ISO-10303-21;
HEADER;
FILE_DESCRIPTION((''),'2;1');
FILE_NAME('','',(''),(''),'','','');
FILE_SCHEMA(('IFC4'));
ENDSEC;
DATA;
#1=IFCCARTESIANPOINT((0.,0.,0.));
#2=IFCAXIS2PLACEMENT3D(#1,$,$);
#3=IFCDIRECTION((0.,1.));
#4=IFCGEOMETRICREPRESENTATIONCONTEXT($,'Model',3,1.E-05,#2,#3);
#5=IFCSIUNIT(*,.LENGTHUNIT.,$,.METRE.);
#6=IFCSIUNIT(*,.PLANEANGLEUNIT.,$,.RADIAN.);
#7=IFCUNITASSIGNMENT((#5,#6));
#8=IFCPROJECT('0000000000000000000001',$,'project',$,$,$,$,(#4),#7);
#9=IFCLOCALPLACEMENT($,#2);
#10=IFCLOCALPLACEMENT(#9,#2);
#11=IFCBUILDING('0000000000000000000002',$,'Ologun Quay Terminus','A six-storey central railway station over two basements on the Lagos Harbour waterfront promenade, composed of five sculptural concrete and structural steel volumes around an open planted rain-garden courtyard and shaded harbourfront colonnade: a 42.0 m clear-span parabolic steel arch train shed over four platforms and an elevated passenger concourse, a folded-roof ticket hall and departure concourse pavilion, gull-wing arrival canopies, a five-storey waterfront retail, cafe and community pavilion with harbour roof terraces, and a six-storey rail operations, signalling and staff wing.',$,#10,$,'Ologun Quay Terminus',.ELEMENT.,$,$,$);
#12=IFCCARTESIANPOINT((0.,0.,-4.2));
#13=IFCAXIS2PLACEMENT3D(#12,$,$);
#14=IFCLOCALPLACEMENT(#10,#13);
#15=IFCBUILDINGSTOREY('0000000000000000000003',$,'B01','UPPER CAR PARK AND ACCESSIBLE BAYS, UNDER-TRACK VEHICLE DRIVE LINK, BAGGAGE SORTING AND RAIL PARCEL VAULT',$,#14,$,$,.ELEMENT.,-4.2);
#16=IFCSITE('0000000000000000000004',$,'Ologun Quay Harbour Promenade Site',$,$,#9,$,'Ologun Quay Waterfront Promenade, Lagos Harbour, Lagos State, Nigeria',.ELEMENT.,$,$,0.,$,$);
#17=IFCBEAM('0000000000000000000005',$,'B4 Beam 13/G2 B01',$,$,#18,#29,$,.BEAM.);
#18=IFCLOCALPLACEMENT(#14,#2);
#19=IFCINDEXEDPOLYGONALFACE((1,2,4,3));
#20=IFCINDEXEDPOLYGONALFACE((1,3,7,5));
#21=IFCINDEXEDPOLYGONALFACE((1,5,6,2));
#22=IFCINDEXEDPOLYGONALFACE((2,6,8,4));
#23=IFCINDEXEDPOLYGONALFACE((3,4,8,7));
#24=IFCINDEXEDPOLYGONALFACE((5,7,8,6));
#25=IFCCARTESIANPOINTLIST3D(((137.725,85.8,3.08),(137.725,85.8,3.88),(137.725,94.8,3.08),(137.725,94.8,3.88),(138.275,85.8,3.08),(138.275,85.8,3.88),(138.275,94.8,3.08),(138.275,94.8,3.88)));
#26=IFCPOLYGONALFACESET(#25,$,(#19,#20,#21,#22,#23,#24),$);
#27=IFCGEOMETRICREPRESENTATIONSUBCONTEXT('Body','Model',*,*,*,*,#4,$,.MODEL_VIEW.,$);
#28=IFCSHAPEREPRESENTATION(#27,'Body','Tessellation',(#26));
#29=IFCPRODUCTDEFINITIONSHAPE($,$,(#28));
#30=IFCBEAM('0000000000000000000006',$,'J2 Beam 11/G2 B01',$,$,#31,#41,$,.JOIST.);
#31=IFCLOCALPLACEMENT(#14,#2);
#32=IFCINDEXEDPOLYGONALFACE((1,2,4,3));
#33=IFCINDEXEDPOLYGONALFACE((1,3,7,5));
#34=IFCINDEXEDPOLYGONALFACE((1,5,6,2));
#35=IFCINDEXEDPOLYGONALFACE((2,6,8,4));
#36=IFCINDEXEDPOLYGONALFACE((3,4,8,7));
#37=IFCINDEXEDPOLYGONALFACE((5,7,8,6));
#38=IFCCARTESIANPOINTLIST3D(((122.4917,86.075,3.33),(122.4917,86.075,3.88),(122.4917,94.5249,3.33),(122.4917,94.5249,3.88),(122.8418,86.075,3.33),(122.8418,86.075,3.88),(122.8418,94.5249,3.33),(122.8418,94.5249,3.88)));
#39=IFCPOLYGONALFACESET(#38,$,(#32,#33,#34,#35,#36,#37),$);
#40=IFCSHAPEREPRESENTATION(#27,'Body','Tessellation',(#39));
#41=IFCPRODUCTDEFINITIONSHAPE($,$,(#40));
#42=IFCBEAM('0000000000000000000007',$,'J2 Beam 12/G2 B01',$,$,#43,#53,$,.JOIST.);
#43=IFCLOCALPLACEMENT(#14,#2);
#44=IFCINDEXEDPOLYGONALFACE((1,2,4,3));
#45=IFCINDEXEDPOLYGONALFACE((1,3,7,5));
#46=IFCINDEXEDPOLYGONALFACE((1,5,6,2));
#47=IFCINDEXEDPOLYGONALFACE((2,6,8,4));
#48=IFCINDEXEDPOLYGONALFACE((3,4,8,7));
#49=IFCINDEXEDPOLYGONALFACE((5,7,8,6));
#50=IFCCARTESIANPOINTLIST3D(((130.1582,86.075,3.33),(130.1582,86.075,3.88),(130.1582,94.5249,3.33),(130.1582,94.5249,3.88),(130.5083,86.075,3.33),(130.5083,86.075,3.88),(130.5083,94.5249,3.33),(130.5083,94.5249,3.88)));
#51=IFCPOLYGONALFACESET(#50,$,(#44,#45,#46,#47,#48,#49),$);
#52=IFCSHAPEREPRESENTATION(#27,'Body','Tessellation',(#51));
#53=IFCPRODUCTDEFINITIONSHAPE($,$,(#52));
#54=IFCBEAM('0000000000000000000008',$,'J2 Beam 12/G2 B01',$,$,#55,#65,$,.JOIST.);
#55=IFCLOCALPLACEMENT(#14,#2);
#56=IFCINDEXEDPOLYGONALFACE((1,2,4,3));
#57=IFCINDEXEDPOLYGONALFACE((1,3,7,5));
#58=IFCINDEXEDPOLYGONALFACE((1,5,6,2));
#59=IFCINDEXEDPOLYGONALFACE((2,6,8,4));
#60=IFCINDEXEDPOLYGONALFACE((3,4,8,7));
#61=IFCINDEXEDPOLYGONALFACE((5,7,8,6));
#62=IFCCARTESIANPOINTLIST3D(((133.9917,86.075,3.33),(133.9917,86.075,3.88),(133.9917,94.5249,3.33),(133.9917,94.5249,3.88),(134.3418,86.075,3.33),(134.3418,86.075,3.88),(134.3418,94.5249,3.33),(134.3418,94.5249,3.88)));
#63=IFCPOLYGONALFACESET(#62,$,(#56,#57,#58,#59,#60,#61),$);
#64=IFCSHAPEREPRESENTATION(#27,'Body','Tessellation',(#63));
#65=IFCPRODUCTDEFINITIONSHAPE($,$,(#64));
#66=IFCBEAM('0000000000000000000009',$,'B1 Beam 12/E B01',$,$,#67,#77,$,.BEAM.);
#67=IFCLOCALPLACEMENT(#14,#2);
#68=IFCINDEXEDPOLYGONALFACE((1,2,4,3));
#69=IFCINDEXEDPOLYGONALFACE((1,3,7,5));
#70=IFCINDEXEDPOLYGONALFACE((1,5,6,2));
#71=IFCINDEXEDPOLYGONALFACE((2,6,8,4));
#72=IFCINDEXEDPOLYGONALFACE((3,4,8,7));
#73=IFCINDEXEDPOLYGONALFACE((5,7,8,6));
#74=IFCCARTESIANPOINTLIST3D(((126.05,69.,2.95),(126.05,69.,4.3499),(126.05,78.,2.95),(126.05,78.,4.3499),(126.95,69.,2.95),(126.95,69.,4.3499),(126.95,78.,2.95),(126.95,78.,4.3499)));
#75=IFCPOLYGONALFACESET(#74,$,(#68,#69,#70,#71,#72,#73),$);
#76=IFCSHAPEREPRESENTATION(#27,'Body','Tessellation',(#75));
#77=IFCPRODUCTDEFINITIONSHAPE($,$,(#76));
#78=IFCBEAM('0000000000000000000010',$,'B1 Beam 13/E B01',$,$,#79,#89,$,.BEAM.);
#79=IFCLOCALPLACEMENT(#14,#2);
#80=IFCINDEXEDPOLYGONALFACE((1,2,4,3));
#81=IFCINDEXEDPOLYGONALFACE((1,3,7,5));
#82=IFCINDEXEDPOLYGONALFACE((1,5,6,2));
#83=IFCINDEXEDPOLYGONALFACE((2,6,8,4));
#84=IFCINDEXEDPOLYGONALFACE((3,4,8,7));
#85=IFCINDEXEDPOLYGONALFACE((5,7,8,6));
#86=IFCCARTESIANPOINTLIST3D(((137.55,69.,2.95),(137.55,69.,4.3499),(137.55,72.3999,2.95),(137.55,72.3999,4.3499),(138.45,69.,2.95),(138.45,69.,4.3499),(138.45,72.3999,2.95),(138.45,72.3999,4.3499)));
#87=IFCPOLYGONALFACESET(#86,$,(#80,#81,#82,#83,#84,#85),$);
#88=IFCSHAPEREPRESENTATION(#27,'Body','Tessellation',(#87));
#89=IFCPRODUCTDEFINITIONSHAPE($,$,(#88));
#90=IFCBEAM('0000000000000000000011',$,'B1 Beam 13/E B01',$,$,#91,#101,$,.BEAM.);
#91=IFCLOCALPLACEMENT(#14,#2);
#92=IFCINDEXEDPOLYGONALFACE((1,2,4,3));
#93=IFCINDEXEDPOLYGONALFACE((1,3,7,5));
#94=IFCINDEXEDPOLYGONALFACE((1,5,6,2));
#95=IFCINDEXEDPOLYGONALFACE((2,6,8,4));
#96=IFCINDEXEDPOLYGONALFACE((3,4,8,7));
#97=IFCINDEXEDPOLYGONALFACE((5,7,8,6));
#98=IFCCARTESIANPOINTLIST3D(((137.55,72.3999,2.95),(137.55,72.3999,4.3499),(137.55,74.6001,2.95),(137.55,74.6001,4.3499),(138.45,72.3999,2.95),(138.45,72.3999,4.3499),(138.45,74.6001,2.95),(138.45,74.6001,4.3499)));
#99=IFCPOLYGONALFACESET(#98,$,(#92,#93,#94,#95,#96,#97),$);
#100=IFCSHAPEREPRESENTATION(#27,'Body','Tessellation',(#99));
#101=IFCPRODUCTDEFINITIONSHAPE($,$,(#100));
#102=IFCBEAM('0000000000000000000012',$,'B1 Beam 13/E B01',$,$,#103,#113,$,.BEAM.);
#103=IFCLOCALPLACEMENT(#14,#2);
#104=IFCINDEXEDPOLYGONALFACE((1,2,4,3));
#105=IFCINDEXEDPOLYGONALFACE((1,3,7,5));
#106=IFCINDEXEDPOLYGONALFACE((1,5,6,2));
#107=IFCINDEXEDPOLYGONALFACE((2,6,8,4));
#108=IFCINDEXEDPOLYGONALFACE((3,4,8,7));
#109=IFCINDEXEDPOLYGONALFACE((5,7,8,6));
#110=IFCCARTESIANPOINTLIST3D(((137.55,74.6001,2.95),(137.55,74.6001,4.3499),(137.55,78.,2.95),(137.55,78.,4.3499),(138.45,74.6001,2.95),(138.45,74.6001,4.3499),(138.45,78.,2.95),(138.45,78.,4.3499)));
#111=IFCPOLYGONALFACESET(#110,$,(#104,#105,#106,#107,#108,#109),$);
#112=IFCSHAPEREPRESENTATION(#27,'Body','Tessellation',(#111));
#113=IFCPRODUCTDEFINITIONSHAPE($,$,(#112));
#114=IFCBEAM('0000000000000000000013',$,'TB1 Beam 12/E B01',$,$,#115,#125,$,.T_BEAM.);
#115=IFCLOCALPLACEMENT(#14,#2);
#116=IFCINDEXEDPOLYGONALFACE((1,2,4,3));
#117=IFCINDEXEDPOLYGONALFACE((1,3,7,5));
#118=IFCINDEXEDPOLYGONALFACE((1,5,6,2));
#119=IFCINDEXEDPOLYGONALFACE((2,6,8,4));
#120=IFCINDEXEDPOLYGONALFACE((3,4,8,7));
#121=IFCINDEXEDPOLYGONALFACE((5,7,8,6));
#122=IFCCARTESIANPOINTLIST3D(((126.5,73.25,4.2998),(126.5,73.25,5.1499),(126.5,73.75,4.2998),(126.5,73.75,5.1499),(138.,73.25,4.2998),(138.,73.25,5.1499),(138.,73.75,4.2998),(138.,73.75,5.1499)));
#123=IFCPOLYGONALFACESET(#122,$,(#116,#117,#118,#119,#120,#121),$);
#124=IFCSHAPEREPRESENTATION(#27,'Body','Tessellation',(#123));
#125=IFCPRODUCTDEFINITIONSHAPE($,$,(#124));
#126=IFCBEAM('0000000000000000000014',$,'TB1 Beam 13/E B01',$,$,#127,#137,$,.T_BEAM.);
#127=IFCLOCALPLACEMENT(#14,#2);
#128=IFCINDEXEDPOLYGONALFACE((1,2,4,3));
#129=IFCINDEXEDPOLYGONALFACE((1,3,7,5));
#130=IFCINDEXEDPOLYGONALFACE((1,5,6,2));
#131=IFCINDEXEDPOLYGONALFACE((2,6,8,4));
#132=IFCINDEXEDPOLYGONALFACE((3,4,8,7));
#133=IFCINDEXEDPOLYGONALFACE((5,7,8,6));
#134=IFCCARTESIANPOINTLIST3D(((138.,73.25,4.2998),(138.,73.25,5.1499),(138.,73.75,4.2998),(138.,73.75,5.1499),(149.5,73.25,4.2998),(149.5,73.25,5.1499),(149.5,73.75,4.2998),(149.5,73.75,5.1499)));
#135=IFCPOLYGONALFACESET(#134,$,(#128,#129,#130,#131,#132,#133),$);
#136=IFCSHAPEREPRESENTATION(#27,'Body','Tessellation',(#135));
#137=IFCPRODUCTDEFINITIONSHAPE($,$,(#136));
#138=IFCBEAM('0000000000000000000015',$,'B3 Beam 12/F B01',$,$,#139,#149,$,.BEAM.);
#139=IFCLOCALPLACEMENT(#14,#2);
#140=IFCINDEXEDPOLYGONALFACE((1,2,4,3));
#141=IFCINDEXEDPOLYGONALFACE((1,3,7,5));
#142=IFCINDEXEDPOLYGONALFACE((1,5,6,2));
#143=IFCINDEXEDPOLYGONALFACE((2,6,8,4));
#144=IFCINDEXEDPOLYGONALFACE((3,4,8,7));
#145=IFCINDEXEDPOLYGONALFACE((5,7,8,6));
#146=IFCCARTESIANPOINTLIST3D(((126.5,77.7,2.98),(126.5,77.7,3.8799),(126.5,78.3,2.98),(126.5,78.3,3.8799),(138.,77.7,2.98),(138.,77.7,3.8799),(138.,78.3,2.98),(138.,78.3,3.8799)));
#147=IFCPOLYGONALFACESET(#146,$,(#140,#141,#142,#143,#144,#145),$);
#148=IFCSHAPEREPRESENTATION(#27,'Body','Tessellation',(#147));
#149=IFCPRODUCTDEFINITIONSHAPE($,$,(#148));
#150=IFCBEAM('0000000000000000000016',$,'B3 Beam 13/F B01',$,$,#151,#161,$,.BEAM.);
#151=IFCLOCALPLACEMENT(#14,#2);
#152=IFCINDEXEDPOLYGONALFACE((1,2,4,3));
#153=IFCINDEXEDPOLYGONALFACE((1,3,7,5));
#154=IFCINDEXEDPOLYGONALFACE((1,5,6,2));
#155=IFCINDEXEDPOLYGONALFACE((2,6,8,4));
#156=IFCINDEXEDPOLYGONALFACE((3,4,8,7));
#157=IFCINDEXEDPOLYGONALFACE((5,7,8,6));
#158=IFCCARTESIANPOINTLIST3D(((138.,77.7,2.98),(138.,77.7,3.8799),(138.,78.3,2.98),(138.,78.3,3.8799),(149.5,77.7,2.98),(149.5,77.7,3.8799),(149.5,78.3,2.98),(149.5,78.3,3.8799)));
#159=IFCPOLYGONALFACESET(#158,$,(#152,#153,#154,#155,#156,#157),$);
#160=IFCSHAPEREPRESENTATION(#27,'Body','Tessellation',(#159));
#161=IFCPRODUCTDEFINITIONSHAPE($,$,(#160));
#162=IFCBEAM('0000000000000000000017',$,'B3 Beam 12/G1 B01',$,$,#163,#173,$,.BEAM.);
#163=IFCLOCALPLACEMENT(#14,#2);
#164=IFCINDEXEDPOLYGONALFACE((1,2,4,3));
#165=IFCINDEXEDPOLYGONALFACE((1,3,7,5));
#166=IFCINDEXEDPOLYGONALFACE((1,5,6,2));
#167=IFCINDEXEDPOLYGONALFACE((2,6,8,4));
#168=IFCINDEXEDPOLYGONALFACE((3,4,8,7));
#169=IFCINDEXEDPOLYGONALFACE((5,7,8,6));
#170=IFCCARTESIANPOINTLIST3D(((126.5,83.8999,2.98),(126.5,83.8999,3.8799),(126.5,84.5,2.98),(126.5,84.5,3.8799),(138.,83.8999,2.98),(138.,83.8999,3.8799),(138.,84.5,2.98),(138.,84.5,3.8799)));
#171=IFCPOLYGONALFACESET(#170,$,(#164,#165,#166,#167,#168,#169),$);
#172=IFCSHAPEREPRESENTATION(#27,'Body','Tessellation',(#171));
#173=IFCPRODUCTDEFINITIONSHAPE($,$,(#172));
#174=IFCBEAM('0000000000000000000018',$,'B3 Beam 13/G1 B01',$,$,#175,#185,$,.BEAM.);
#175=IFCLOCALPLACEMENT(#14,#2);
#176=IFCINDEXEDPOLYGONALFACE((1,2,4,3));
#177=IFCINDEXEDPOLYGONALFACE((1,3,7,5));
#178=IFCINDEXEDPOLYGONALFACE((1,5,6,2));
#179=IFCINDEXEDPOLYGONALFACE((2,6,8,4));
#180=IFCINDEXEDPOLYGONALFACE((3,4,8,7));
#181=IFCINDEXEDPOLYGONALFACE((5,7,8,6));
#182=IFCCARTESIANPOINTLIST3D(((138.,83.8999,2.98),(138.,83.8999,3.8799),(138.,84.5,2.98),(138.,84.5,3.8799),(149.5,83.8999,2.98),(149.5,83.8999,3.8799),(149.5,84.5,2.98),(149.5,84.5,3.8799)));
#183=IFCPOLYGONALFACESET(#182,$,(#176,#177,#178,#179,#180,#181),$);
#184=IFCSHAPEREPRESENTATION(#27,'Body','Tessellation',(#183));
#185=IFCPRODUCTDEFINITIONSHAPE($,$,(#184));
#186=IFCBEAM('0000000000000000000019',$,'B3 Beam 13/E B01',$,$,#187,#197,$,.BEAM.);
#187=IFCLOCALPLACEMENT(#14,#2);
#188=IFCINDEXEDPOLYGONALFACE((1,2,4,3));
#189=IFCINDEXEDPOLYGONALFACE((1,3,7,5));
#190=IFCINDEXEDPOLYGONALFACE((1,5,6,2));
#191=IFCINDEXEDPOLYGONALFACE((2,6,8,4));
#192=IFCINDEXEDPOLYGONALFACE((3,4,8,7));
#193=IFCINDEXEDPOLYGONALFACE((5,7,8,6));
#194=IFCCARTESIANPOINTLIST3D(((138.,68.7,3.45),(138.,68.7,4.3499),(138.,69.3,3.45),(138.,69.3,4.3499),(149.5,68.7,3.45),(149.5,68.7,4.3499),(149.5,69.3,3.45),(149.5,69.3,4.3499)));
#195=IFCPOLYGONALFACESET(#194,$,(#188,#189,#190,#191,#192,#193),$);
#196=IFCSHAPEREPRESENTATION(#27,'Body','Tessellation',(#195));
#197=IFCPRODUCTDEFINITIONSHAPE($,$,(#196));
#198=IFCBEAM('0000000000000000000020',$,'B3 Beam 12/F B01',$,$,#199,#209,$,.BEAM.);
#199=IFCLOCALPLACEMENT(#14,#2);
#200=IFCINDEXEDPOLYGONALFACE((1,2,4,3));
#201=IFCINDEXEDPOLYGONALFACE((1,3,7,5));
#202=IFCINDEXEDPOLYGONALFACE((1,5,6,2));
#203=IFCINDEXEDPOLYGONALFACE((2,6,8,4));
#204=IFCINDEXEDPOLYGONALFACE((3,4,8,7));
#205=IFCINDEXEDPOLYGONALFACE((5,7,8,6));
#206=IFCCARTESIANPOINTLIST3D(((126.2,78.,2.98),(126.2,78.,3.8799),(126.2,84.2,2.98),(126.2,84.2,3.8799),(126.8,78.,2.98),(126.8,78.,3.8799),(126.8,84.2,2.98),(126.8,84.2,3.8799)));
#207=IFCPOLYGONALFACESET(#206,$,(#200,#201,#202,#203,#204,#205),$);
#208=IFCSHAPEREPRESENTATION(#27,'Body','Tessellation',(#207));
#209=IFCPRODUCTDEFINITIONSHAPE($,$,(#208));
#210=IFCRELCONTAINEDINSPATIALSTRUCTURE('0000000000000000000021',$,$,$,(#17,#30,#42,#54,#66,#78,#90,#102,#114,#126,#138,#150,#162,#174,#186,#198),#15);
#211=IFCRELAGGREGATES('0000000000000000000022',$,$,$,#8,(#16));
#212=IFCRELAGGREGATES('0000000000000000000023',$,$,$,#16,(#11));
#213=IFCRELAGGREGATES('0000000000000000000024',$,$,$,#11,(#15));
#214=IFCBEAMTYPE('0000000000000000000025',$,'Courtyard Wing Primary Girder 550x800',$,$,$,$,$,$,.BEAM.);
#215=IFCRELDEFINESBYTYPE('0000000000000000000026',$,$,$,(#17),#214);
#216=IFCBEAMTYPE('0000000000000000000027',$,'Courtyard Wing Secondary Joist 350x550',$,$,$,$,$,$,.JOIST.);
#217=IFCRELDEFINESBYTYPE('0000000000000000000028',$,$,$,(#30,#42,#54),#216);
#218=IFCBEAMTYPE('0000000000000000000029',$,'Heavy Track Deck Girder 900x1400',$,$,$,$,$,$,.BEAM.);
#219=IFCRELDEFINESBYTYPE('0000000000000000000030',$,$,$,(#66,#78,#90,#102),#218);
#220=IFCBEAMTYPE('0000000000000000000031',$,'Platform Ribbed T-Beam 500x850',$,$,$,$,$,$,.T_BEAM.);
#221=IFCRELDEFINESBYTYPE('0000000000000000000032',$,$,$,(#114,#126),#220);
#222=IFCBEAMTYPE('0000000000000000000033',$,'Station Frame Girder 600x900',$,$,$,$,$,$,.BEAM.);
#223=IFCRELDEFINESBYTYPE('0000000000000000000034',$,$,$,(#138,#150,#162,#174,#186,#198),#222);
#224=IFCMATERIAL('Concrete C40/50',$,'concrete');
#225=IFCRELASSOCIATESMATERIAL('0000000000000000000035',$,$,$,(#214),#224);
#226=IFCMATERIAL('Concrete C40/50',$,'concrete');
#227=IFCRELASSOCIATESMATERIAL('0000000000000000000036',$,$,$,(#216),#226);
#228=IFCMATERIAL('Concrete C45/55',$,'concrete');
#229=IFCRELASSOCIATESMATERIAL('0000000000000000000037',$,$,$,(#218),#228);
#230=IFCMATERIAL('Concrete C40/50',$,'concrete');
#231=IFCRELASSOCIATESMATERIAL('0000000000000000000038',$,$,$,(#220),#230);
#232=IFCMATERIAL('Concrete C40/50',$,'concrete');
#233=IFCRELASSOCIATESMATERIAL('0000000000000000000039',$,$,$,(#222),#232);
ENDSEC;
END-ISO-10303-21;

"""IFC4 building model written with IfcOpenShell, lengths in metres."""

from ifc_helpers import new_model, si_unit, direction, frame, origin, origin_2d, place, context, subcontext, project, spatial, rectangle, extrude, material, material_profile, profile_set, type_object, element, save


model = new_model("IFC4")

# Units and contexts
model_context = context("Model", 3, precision=1e-05, world=origin(), true_north=direction((0.0, 1.0)))
body_context = subcontext(model_context, "Body", "Model", "MODEL_VIEW")
ifc_project = project(units=[si_unit("LENGTHUNIT", "METRE"), si_unit("PLANEANGLEUNIT", "RADIAN")], contexts=[model_context])

# Site, building, storey
site_placement = place(None, origin())
site = spatial("IfcSite", under=ifc_project, at=site_placement, Name="Ologun Quay Harbour Promenade Site", LongName="Ologun Quay Waterfront Promenade, Lagos Harbour, Lagos State, Nigeria", CompositionType="ELEMENT", RefElevation=0.0)
building_placement = place(site_placement, origin())
building = spatial("IfcBuilding", under=site, at=building_placement, Name="Ologun Quay Terminus", Description="A six-storey central railway station over two basements on the Lagos Harbour waterfront promenade, composed of five sculptural concrete and structural steel volumes around an open planted rain-garden courtyard and shaded harbourfront colonnade: a 42.0 m clear-span parabolic steel arch train shed over four platforms and an elevated passenger concourse, a folded-roof ticket hall and departure concourse pavilion, gull-wing arrival canopies, a five-storey waterfront retail, cafe and community pavilion with harbour roof terraces, and a six-storey rail operations, signalling and staff wing.", LongName="Ologun Quay Terminus", CompositionType="ELEMENT")
storey_placement = place(building_placement, frame((0.0, 0.0, -4.2)))
storey = spatial("IfcBuildingStorey", under=building, at=storey_placement, Name="B01", Description="UPPER CAR PARK AND ACCESSIBLE BAYS, UNDER-TRACK VEHICLE DRIVE LINK, BAGGAGE SORTING AND RAIL PARCEL VAULT", CompositionType="ELEMENT", Elevation=-4.2)

# Beams
ifc_material_1 = material(Name="Concrete C40/50", Category="concrete")
ifc_material_profile_1 = material_profile(ifc_material_1, rectangle(XDim=0.55, YDim=0.8, at=origin_2d()), Name="RC 550x800")
ifc_profile_set_1 = profile_set([ifc_material_profile_1], Name="Concrete C40/50")
beam_type_1 = type_object("IfcBeamType", Name="Courtyard Wing Primary Girder 550x800", PredefinedType="BEAM", material=ifc_profile_set_1)
beam_1_placement = place(storey_placement, frame((138.0, 85.8, 3.48), z_axis=(0.0, 1.0, 0.0), x_axis=(-1.0, 0.0, 0.0)))
element("IfcBeam", 1, at=beam_1_placement, inside=storey, type_object=beam_type_1, Name="B4 Beam 13/G2 B01", PredefinedType="BEAM", context=body_context, shape_type="SweptSolid", body=[
    extrude(rectangle(XDim=0.55, YDim=0.8, at=origin_2d()), origin(), (0.0, 0.0, 1.0), 9.0),
])
ifc_material_2 = material(Name="Concrete C40/50", Category="concrete")
ifc_material_profile_2 = material_profile(ifc_material_2, rectangle(XDim=0.3501, YDim=0.55, at=origin_2d()), Name="RC 350x550")
ifc_profile_set_2 = profile_set([ifc_material_profile_2], Name="Concrete C40/50")
beam_type_2 = type_object("IfcBeamType", Name="Courtyard Wing Secondary Joist 350x550", PredefinedType="JOIST", material=ifc_profile_set_2)
for number, where, z_axis, x_axis, name in (
    (2, (122.6667, 86.075, 3.605), (0.0, 1.0, 0.0), (-1.0, 0.0, 0.0), "J2 Beam 11/G2 B01"),
    (3, (130.3333, 86.075, 3.605), (0.0, 1.0, 0.0), (-1.0, 0.0, 0.0), "J2 Beam 12/G2 B01"),
    (4, (134.1667, 86.075, 3.605), (0.0, 1.0, 0.0), (-1.0, 0.0, 0.0), "J2 Beam 12/G2 B01"),
):
    element("IfcBeam", number, at=place(storey_placement, frame(where, z_axis=z_axis, x_axis=x_axis)), inside=storey, type_object=beam_type_2, Name=name, PredefinedType="JOIST", context=body_context, shape_type="SweptSolid", body=[
        extrude(rectangle(XDim=0.3501, YDim=0.55, at=origin_2d()), origin(), (0.0, 0.0, 1.0), 8.45),
    ])
ifc_material_3 = material(Name="Concrete C45/55", Category="concrete")
ifc_material_profile_3 = material_profile(ifc_material_3, rectangle(XDim=0.8999, YDim=1.3999, at=origin_2d()), Name="RC 900x1400")
ifc_profile_set_3 = profile_set([ifc_material_profile_3], Name="Concrete C45/55")
beam_type_3 = type_object("IfcBeamType", Name="Heavy Track Deck Girder 900x1400", PredefinedType="BEAM", material=ifc_profile_set_3)
beam_2_placement = place(storey_placement, frame((126.5, 69.0, 3.6499), z_axis=(0.0, 1.0, 0.0), x_axis=(-1.0, 0.0, 0.0)))
element("IfcBeam", 5, at=beam_2_placement, inside=storey, type_object=beam_type_3, Name="B1 Beam 12/E B01", PredefinedType="BEAM", context=body_context, shape_type="SweptSolid", body=[
    extrude(rectangle(XDim=0.8999, YDim=1.3999, at=origin_2d()), origin(), (0.0, 0.0, 1.0), 9.0),
])
beam_3_placement = place(storey_placement, frame((138.0, 69.0, 3.6499), z_axis=(0.0, 1.0, 0.0), x_axis=(-1.0, 0.0, 0.0)))
element("IfcBeam", 6, at=beam_3_placement, inside=storey, type_object=beam_type_3, Name="B1 Beam 13/E B01", PredefinedType="BEAM", context=body_context, shape_type="SweptSolid", body=[
    extrude(rectangle(XDim=0.8999, YDim=1.3999, at=origin_2d()), origin(), (0.0, 0.0, 1.0), 3.3999),
])
beam_4_placement = place(storey_placement, frame((138.0, 72.3999, 3.6499), z_axis=(0.0, 1.0, 0.0), x_axis=(-1.0, 0.0, 0.0)))
element("IfcBeam", 7, at=beam_4_placement, inside=storey, type_object=beam_type_3, Name="B1 Beam 13/E B01", PredefinedType="BEAM", context=body_context, shape_type="SweptSolid", body=[
    extrude(rectangle(XDim=0.8999, YDim=1.3999, at=origin_2d()), origin(), (0.0, 0.0, 1.0), 2.2002),
])
beam_5_placement = place(storey_placement, frame((138.0, 74.6001, 3.6499), z_axis=(0.0, 1.0, 0.0), x_axis=(-1.0, 0.0, 0.0)))
element("IfcBeam", 8, at=beam_5_placement, inside=storey, type_object=beam_type_3, Name="B1 Beam 13/E B01", PredefinedType="BEAM", context=body_context, shape_type="SweptSolid", body=[
    extrude(rectangle(XDim=0.8999, YDim=1.3999, at=origin_2d()), origin(), (0.0, 0.0, 1.0), 3.3999),
])
ifc_material_4 = material(Name="Concrete C40/50", Category="concrete")
ifc_material_profile_4 = material_profile(ifc_material_4, rectangle(XDim=0.5, YDim=0.8501, at=origin_2d()), Name="RC 500x850")
ifc_profile_set_4 = profile_set([ifc_material_profile_4], Name="Concrete C40/50")
beam_type_4 = type_object("IfcBeamType", Name="Platform Ribbed T-Beam 500x850", PredefinedType="T_BEAM", material=ifc_profile_set_4)
for number, where, z_axis, x_axis, name in (
    (9, (126.5, 73.5, 4.7249), (1.0, 0.0, 0.0), (0.0, 1.0, 0.0), "TB1 Beam 12/E B01"),
    (10, (138.0, 73.5, 4.7249), (1.0, 0.0, 0.0), (0.0, 1.0, 0.0), "TB1 Beam 13/E B01"),
):
    element("IfcBeam", number, at=place(storey_placement, frame(where, z_axis=z_axis, x_axis=x_axis)), inside=storey, type_object=beam_type_4, Name=name, PredefinedType="T_BEAM", context=body_context, shape_type="SweptSolid", body=[
        extrude(rectangle(XDim=0.5, YDim=0.8501, at=origin_2d()), origin(), (0.0, 0.0, 1.0), 11.5),
    ])
ifc_material_5 = material(Name="Concrete C40/50", Category="concrete")
ifc_material_profile_5 = material_profile(ifc_material_5, rectangle(XDim=0.6001, YDim=0.8999, at=origin_2d()), Name="RC 600x900")
ifc_profile_set_5 = profile_set([ifc_material_profile_5], Name="Concrete C40/50")
beam_type_5 = type_object("IfcBeamType", Name="Station Frame Girder 600x900", PredefinedType="BEAM", material=ifc_profile_set_5)
for number, where, z_axis, x_axis, name in (
    (11, (126.5, 78.0, 3.4299), (1.0, 0.0, 0.0), (0.0, 1.0, 0.0), "B3 Beam 12/F B01"),
    (12, (138.0, 78.0, 3.4299), (1.0, 0.0, 0.0), (0.0, 1.0, 0.0), "B3 Beam 13/F B01"),
    (13, (126.5, 84.2, 3.4299), (1.0, 0.0, 0.0), (0.0, 1.0, 0.0), "B3 Beam 12/G1 B01"),
    (14, (138.0, 84.2, 3.4299), (1.0, 0.0, 0.0), (0.0, 1.0, 0.0), "B3 Beam 13/G1 B01"),
    (15, (138.0, 69.0, 3.8999), (1.0, 0.0, 0.0), (0.0, 1.0, 0.0), "B3 Beam 13/E B01"),
):
    element("IfcBeam", number, at=place(storey_placement, frame(where, z_axis=z_axis, x_axis=x_axis)), inside=storey, type_object=beam_type_5, Name=name, PredefinedType="BEAM", context=body_context, shape_type="SweptSolid", body=[
        extrude(rectangle(XDim=0.6001, YDim=0.8999, at=origin_2d()), origin(), (0.0, 0.0, 1.0), 11.5),
    ])
for number, where, z_axis, x_axis, name in (
    (16, (126.5, 78.0, 3.4299), (0.0, 1.0, 0.0), (-1.0, 0.0, 0.0), "B3 Beam 12/F B01"),
):
    element("IfcBeam", number, at=place(storey_placement, frame(where, z_axis=z_axis, x_axis=x_axis)), inside=storey, type_object=beam_type_5, Name=name, PredefinedType="BEAM", context=body_context, shape_type="SweptSolid", body=[
        extrude(rectangle(XDim=0.6001, YDim=0.8999, at=origin_2d()), origin(), (0.0, 0.0, 1.0), 6.2),
    ])

save(model, "model.ifc")
